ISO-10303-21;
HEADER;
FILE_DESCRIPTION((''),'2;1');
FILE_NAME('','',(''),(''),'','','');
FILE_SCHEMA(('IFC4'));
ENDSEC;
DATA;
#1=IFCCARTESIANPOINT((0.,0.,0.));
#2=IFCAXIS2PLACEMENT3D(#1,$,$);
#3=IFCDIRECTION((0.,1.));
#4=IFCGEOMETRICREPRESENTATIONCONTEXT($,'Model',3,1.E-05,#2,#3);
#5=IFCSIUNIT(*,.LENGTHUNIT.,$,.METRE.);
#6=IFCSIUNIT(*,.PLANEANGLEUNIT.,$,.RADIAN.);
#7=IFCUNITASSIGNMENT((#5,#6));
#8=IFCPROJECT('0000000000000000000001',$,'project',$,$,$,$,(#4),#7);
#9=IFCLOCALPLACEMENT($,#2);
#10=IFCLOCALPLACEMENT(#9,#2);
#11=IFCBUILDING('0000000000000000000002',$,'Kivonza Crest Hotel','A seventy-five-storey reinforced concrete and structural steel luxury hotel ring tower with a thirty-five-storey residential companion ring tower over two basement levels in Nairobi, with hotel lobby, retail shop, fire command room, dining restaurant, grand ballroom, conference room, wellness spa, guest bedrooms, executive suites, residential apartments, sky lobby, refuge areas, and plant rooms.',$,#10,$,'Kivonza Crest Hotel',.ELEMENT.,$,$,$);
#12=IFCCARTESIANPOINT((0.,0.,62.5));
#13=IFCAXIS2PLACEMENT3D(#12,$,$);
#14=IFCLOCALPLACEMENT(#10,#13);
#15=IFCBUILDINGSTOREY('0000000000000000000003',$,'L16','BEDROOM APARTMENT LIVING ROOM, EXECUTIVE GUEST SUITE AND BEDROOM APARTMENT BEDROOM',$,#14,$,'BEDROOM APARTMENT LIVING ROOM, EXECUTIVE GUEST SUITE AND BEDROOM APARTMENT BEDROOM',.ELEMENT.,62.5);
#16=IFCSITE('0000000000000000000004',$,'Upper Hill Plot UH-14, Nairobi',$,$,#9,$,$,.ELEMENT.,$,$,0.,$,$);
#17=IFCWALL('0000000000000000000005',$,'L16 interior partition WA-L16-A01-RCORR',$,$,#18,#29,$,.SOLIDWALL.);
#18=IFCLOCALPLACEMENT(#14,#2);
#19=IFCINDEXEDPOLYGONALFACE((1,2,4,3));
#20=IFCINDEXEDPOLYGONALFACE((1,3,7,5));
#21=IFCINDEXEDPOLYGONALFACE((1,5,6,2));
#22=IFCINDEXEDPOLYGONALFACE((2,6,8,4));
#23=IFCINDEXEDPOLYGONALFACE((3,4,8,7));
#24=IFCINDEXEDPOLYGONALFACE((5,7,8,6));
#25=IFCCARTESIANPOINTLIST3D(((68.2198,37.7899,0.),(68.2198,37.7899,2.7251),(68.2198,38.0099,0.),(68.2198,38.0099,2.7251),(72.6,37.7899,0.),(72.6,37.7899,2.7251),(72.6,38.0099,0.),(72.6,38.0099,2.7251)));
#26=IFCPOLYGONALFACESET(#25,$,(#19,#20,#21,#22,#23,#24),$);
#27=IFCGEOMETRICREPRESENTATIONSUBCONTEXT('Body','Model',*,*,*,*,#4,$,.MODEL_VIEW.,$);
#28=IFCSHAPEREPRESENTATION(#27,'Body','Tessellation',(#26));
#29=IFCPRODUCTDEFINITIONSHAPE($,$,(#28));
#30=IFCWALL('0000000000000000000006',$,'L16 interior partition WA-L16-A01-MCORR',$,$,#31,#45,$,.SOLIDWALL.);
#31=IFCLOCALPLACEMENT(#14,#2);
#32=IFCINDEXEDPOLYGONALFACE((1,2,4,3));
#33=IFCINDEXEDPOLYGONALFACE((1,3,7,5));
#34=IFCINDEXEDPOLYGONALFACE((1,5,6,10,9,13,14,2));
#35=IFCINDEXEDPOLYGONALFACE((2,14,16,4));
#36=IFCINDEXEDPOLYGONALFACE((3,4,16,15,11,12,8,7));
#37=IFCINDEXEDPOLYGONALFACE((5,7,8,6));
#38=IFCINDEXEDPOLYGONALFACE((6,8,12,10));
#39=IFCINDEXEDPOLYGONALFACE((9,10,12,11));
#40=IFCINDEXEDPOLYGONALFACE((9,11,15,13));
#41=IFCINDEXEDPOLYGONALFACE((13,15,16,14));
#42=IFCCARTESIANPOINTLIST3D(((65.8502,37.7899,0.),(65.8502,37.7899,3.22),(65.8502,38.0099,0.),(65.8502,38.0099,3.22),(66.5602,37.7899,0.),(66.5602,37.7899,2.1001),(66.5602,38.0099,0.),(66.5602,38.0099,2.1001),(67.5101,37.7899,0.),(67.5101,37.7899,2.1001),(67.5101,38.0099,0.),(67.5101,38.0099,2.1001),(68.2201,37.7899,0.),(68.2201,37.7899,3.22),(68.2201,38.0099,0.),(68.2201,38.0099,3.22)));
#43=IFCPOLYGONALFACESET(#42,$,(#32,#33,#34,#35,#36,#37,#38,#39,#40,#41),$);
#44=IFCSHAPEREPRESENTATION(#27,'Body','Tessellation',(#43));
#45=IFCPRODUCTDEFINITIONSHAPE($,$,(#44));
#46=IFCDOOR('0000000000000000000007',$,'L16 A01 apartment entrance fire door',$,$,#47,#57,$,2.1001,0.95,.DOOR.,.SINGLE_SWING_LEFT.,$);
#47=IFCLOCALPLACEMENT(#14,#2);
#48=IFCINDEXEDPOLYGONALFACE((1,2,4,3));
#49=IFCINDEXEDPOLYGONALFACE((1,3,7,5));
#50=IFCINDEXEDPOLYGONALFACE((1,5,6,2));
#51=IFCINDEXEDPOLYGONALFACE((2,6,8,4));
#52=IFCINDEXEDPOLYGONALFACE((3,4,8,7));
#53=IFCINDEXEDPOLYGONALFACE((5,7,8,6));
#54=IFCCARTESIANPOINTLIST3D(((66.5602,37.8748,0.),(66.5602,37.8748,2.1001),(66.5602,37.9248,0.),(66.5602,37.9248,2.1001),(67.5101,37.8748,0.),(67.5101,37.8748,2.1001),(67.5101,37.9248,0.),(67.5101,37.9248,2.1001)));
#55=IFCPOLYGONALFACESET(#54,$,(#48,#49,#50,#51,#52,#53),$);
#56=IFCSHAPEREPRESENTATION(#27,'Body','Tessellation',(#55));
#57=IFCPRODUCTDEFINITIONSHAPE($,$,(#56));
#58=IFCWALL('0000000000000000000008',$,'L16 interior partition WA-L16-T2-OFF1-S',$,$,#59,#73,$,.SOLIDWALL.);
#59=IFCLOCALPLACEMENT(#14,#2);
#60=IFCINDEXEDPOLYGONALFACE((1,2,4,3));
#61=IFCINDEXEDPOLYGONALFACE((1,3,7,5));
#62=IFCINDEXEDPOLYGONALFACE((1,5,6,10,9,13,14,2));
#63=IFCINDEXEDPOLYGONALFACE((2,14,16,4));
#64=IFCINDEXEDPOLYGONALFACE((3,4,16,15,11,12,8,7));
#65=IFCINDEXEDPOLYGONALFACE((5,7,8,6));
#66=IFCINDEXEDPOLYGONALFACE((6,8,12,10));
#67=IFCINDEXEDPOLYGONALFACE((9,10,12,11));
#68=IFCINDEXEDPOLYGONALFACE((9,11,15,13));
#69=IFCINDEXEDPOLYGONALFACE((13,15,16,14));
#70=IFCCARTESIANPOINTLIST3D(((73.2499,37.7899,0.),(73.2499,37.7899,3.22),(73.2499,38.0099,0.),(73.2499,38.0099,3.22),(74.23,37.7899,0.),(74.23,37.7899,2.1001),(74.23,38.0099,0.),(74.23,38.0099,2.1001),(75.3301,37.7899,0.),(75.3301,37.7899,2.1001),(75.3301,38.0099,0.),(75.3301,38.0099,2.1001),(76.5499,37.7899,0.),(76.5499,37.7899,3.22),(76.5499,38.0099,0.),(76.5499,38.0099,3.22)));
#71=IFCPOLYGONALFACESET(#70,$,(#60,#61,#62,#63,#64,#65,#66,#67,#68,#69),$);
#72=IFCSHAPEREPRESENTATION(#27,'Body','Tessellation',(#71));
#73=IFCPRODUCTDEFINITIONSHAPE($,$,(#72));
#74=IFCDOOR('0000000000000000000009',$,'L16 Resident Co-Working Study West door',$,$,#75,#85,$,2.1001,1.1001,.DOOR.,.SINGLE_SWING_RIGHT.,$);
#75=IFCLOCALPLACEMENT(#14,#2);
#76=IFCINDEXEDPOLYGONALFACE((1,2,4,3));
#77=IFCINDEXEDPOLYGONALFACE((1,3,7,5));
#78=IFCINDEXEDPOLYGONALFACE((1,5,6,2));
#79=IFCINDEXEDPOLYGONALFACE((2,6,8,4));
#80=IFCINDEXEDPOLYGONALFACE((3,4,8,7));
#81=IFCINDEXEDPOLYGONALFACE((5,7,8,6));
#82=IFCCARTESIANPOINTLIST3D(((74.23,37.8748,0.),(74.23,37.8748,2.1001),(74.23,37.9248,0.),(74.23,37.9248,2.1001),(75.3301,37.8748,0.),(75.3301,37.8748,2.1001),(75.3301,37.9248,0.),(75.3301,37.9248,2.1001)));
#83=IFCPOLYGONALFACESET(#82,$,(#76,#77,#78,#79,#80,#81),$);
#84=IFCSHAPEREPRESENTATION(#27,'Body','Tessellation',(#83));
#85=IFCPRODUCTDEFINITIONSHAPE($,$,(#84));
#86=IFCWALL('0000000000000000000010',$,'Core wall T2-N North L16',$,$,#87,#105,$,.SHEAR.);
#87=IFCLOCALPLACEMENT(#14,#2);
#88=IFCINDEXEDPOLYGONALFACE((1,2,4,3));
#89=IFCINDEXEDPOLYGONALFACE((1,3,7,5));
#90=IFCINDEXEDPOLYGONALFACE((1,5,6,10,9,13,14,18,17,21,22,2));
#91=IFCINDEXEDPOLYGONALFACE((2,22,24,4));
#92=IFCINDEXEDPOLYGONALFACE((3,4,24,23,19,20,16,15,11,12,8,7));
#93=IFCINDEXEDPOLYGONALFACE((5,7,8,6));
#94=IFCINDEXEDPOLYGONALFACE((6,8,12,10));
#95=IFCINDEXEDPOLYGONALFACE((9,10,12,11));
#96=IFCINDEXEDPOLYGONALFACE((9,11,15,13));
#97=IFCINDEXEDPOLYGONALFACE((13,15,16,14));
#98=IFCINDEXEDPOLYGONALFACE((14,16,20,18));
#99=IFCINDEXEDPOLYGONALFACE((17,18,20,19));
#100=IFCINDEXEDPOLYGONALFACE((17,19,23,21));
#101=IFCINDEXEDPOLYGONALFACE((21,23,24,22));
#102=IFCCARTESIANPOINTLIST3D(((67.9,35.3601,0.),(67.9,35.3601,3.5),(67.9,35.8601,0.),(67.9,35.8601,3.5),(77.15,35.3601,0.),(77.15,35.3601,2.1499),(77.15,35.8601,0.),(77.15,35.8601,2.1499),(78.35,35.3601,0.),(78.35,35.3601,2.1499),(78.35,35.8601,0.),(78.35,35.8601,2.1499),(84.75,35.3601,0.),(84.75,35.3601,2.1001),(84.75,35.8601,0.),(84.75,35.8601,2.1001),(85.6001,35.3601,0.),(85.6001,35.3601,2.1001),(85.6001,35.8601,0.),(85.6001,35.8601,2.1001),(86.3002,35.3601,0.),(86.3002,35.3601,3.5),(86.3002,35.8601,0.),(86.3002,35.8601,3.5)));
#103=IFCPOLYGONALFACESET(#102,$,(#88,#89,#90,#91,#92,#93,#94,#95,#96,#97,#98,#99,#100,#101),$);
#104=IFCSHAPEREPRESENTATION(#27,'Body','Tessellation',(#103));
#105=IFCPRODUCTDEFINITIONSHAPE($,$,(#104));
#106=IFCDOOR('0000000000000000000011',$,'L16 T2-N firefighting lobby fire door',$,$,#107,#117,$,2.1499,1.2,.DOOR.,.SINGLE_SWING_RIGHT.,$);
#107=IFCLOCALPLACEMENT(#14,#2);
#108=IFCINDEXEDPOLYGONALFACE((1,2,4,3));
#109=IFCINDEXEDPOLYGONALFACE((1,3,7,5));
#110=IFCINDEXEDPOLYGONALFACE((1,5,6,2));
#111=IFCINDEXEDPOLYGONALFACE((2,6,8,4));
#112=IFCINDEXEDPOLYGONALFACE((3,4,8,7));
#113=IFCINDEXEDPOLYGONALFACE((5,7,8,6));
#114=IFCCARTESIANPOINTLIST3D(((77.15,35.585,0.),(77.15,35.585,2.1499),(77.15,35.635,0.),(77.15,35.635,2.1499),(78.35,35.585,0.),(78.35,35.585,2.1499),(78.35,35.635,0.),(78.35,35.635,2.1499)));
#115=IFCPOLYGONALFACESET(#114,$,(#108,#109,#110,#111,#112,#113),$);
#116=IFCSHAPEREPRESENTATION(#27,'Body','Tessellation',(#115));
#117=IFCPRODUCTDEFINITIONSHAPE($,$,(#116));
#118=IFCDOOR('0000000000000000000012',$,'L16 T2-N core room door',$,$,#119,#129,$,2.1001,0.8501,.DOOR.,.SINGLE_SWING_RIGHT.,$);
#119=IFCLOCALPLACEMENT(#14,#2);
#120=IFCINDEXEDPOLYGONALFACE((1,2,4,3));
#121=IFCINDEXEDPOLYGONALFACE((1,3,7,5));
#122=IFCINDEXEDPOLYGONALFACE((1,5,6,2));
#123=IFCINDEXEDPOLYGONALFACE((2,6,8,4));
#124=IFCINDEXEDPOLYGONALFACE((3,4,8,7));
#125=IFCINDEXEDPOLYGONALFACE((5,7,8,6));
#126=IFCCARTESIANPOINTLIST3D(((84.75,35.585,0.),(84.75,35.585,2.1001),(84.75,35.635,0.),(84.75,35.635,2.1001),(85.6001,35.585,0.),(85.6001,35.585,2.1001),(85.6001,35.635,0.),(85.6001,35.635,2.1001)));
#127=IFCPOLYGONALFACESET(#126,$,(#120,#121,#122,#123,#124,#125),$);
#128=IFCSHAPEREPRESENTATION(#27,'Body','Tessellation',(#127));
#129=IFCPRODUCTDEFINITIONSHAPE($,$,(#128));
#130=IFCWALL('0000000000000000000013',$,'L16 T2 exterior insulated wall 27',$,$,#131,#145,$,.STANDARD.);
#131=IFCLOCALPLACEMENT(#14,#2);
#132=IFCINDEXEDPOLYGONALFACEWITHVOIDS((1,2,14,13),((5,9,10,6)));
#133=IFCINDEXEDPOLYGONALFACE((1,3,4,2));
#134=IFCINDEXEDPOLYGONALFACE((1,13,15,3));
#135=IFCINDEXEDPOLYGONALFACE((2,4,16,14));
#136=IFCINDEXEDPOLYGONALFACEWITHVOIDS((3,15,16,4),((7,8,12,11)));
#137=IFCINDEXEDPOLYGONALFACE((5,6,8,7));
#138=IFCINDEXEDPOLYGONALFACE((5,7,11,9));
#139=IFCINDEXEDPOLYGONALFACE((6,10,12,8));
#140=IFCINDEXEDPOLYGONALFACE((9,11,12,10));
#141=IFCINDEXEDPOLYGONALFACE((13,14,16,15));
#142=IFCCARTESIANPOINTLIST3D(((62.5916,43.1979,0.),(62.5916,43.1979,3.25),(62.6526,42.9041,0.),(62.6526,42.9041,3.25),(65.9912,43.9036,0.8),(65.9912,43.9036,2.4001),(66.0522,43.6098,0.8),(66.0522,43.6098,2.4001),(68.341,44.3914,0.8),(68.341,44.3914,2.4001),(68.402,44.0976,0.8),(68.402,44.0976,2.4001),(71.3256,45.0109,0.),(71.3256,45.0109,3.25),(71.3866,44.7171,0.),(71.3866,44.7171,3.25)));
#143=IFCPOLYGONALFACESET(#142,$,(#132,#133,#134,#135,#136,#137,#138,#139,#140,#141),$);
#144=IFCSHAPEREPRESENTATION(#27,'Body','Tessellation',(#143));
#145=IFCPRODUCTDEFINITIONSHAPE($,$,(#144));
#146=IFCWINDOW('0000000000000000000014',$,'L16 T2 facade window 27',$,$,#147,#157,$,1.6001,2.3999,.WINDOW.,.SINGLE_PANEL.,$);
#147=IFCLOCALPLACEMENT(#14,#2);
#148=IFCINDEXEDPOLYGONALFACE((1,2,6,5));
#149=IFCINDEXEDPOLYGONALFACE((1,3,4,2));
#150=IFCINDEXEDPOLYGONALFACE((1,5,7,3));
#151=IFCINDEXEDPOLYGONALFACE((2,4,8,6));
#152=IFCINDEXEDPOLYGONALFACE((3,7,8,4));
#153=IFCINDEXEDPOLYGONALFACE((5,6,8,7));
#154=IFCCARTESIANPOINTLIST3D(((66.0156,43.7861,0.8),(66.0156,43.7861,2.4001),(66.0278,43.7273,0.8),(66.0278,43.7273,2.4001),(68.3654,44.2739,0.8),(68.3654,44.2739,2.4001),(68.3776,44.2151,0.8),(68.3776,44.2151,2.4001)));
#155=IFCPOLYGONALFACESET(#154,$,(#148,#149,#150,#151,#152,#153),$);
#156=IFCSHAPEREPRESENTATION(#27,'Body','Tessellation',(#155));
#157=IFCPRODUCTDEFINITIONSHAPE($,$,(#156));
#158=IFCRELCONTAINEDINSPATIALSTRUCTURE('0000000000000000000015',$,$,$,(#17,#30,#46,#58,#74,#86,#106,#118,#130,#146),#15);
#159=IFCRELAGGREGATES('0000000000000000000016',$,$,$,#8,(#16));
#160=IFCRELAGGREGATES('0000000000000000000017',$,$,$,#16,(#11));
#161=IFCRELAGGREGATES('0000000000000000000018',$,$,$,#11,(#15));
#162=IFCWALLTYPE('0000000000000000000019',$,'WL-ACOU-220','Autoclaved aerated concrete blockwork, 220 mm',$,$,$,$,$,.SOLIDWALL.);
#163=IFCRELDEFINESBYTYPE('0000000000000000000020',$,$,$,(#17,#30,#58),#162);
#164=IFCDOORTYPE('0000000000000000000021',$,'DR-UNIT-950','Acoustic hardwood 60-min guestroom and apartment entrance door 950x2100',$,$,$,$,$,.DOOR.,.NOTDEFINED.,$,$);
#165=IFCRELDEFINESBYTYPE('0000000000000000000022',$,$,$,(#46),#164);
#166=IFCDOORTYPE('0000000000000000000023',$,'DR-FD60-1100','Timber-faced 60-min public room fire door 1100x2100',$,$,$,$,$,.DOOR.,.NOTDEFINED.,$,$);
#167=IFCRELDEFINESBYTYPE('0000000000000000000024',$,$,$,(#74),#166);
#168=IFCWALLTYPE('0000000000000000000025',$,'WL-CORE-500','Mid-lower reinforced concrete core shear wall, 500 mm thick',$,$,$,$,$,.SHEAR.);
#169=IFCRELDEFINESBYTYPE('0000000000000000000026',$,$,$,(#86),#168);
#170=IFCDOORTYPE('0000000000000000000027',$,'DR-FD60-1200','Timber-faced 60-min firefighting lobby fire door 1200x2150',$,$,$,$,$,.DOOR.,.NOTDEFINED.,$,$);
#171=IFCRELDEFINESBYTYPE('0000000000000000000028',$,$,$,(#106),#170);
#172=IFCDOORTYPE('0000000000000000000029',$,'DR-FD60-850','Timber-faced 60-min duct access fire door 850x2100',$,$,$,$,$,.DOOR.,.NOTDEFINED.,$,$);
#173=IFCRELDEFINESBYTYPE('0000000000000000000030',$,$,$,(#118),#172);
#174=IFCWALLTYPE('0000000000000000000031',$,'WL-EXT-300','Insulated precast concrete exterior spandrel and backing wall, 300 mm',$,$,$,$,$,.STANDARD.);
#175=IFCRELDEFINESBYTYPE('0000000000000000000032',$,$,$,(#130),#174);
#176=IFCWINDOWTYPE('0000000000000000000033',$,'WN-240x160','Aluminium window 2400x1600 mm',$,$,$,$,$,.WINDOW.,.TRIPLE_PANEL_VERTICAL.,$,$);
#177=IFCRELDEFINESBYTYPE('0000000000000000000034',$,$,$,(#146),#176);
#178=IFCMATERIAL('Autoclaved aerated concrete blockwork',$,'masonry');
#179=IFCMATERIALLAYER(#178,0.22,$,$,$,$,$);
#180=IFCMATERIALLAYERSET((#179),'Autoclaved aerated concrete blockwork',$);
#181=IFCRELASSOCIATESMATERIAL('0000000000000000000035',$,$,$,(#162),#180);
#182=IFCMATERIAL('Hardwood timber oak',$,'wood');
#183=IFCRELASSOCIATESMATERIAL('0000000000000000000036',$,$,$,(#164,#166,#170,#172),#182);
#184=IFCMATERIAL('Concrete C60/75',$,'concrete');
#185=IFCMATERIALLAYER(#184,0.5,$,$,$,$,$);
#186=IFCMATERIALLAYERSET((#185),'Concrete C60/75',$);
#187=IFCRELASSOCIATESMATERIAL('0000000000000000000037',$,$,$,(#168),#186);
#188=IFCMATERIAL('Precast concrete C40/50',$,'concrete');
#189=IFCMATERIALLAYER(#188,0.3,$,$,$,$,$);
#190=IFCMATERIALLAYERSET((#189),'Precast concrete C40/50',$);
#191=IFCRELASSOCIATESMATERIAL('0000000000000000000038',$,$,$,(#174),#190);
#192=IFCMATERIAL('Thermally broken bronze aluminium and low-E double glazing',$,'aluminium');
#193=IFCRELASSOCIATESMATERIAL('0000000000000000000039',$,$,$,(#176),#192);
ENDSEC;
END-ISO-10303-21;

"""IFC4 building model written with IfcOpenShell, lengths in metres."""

from ifc_helpers import new_model, si_unit, direction, frame, frame_2d, origin, place, context, subcontext, project, spatial, rectangle, extrude, material, layer, layer_set, type_object, element, fill, save


model = new_model("IFC4")

# Units and contexts
model_context = context("Model", 3, precision=1e-05, world=origin(), true_north=direction((0.0, 1.0)))
body_context = subcontext(model_context, "Body", "Model", "MODEL_VIEW")
ifc_project = project(units=[si_unit("LENGTHUNIT", "METRE"), si_unit("PLANEANGLEUNIT", "RADIAN")], contexts=[model_context])

# Site, building, storey
site_placement = place(None, origin())
site = spatial("IfcSite", under=ifc_project, at=site_placement, Name="Upper Hill Plot UH-14, Nairobi", CompositionType="ELEMENT", RefElevation=0.0)
building_placement = place(site_placement, origin())
building = spatial("IfcBuilding", under=site, at=building_placement, Name="Kivonza Crest Hotel", Description="A seventy-five-storey reinforced concrete and structural steel luxury hotel ring tower with a thirty-five-storey residential companion ring tower over two basement levels in Nairobi, with hotel lobby, retail shop, fire command room, dining restaurant, grand ballroom, conference room, wellness spa, guest bedrooms, executive suites, residential apartments, sky lobby, refuge areas, and plant rooms.", LongName="Kivonza Crest Hotel", CompositionType="ELEMENT")
storey_placement = place(building_placement, frame((0.0, 0.0, 62.5)))
storey = spatial("IfcBuildingStorey", under=building, at=storey_placement, Name="L16", Description="BEDROOM APARTMENT LIVING ROOM, EXECUTIVE GUEST SUITE AND BEDROOM APARTMENT BEDROOM", LongName="BEDROOM APARTMENT LIVING ROOM, EXECUTIVE GUEST SUITE AND BEDROOM APARTMENT BEDROOM", CompositionType="ELEMENT", Elevation=62.5)

# Wall
ifc_material_1 = material(Name="Autoclaved aerated concrete blockwork", Category="masonry")
ifc_layer_1 = layer(ifc_material_1, 0.22)
ifc_layer_set_1 = layer_set([ifc_layer_1], Name="Autoclaved aerated concrete blockwork")
wall_type_1 = type_object("IfcWallType", Name="WL-ACOU-220", Description="Autoclaved aerated concrete blockwork, 220 mm", PredefinedType="SOLIDWALL", material=ifc_layer_set_1)
wall_1_placement = place(storey_placement, frame((68.22, 37.8999, 0.0), z_axis=(0.0, 0.0, 1.0), x_axis=(1.0, 0.0, 0.0)))
element("IfcWall", 1, at=wall_1_placement, inside=storey, type_object=wall_type_1, Name="L16 interior partition WA-L16-A01-RCORR", PredefinedType="SOLIDWALL", context=body_context, shape_type="SweptSolid", body=[
    extrude(rectangle(XDim=4.3801, YDim=0.22, at=frame_2d((2.1899, 0.0))), origin(), (0.0, 0.0, 1.0), 2.7251),
])

# Walls, openings, doors
wall_2_placement = place(storey_placement, frame((65.8501, 37.8999, 0.0), z_axis=(0.0, 0.0, 1.0), x_axis=(1.0, 0.0, 0.0)))
wall_2 = element("IfcWall", 2, at=wall_2_placement, inside=storey, type_object=wall_type_1, Name="L16 interior partition WA-L16-A01-MCORR", PredefinedType="SOLIDWALL", context=body_context, shape_type="SweptSolid", body=[
    extrude(rectangle(XDim=2.3699, YDim=0.22, at=frame_2d((1.1851, 0.0))), origin(), (0.0, 0.0, 1.0), 3.22),
])
opening_1_placement = place(wall_2_placement, frame((0.71, 0.0, 0.0)))
opening_1 = element("IfcOpeningElement", 3, at=opening_1_placement, cuts=wall_2, PredefinedType="OPENING", context=body_context, shape_type="SweptSolid", body=[
    extrude(rectangle(XDim=0.95, YDim=2.1001, at=frame_2d((0.4751, 1.05))), frame((0.0, 0.1201, 0.0), z_axis=(0.0, -1.0, 0.0), x_axis=(1.0, 0.0, 0.0)), (0.0, 0.0, 1.0), 0.24),
])
ifc_material_2 = material(Name="Hardwood timber oak", Category="wood")
door_type_1 = type_object("IfcDoorType", Name="DR-UNIT-950", Description="Acoustic hardwood 60-min guestroom and apartment entrance door 950x2100", OperationType="NOTDEFINED", PredefinedType="DOOR", material=ifc_material_2)
door_1_placement = place(opening_1_placement, origin())
door_1 = element("IfcDoor", 4, at=door_1_placement, inside=storey, type_object=door_type_1, Name="L16 A01 apartment entrance fire door", OperationType="SINGLE_SWING_LEFT", OverallHeight=2.1001, OverallWidth=0.95, PredefinedType="DOOR", context=body_context, shape_type="SweptSolid", body=[
    extrude(rectangle(XDim=0.95, YDim=2.1001, at=frame_2d((0.4751, 1.05))), frame((0.0, 0.0249, 0.0), z_axis=(0.0, -1.0, 0.0), x_axis=(1.0, 0.0, 0.0)), (0.0, 0.0, 1.0), 0.05),
])
fill(opening_1, door_1)
wall_3_placement = place(storey_placement, frame((73.25, 37.8999, 0.0), z_axis=(0.0, 0.0, 1.0), x_axis=(1.0, 0.0, 0.0)))
wall_3 = element("IfcWall", 5, at=wall_3_placement, inside=storey, type_object=wall_type_1, Name="L16 interior partition WA-L16-T2-OFF1-S", PredefinedType="SOLIDWALL", context=body_context, shape_type="SweptSolid", body=[
    extrude(rectangle(XDim=3.3, YDim=0.22, at=frame_2d((1.6499, 0.0))), origin(), (0.0, 0.0, 1.0), 3.22),
])
opening_2_placement = place(wall_3_placement, frame((0.98, 0.0, 0.0)))
opening_2 = element("IfcOpeningElement", 6, at=opening_2_placement, cuts=wall_3, PredefinedType="OPENING", context=body_context, shape_type="SweptSolid", body=[
    extrude(rectangle(XDim=1.1001, YDim=2.1001, at=frame_2d((0.55, 1.05))), frame((0.0, 0.1201, 0.0), z_axis=(0.0, -1.0, 0.0), x_axis=(1.0, 0.0, 0.0)), (0.0, 0.0, 1.0), 0.24),
])
door_type_2 = type_object("IfcDoorType", Name="DR-FD60-1100", Description="Timber-faced 60-min public room fire door 1100x2100", OperationType="NOTDEFINED", PredefinedType="DOOR", material=ifc_material_2)
door_2_placement = place(opening_2_placement, origin())
door_2 = element("IfcDoor", 7, at=door_2_placement, inside=storey, type_object=door_type_2, Name="L16 Resident Co-Working Study West door", OperationType="SINGLE_SWING_RIGHT", OverallHeight=2.1001, OverallWidth=1.1001, PredefinedType="DOOR", context=body_context, shape_type="SweptSolid", body=[
    extrude(rectangle(XDim=1.1001, YDim=2.1001, at=frame_2d((0.55, 1.05))), frame((0.0, 0.0249, 0.0), z_axis=(0.0, -1.0, 0.0), x_axis=(1.0, 0.0, 0.0)), (0.0, 0.0, 1.0), 0.05),
])
fill(opening_2, door_2)

# Wall, openings, doors
ifc_material_3 = material(Name="Concrete C60/75", Category="concrete")
ifc_layer_2 = layer(ifc_material_3, 0.5)
ifc_layer_set_2 = layer_set([ifc_layer_2], Name="Concrete C60/75")
wall_type_2 = type_object("IfcWallType", Name="WL-CORE-500", Description="Mid-lower reinforced concrete core shear wall, 500 mm thick", PredefinedType="SHEAR", material=ifc_layer_set_2)
wall_4_placement = place(storey_placement, frame((67.8999, 35.6101, 0.0), z_axis=(0.0, 0.0, 1.0), x_axis=(1.0, 0.0, 0.0)))
wall_4 = element("IfcWall", 8, at=wall_4_placement, inside=storey, type_object=wall_type_2, Name="Core wall T2-N North L16", PredefinedType="SHEAR", context=body_context, shape_type="SweptSolid", body=[
    extrude(rectangle(XDim=18.4001, YDim=0.5, at=frame_2d((9.2002, 0.0))), origin(), (0.0, 0.0, 1.0), 3.5),
])
opening_3_placement = place(wall_4_placement, frame((9.25, 0.0, 0.0)))
opening_3 = element("IfcOpeningElement", 9, at=opening_3_placement, cuts=wall_4, PredefinedType="OPENING", context=body_context, shape_type="SweptSolid", body=[
    extrude(rectangle(XDim=1.2, YDim=2.1499, at=frame_2d((0.6001, 1.075))), frame((0.0, 0.26, 0.0), z_axis=(0.0, -1.0, 0.0), x_axis=(1.0, 0.0, 0.0)), (0.0, 0.0, 1.0), 0.52),
])
opening_4_placement = place(wall_4_placement, frame((16.8501, 0.0, 0.0)))
opening_4 = element("IfcOpeningElement", 10, at=opening_4_placement, cuts=wall_4, PredefinedType="OPENING", context=body_context, shape_type="SweptSolid", body=[
    extrude(rectangle(XDim=0.8501, YDim=2.1001, at=frame_2d((0.425, 1.05))), frame((0.0, 0.26, 0.0), z_axis=(0.0, -1.0, 0.0), x_axis=(1.0, 0.0, 0.0)), (0.0, 0.0, 1.0), 0.52),
])
door_type_3 = type_object("IfcDoorType", Name="DR-FD60-1200", Description="Timber-faced 60-min firefighting lobby fire door 1200x2150", OperationType="NOTDEFINED", PredefinedType="DOOR", material=ifc_material_2)
door_3_placement = place(opening_3_placement, origin())
door_3 = element("IfcDoor", 11, at=door_3_placement, inside=storey, type_object=door_type_3, Name="L16 T2-N firefighting lobby fire door", OperationType="SINGLE_SWING_RIGHT", OverallHeight=2.1499, OverallWidth=1.2, PredefinedType="DOOR", context=body_context, shape_type="SweptSolid", body=[
    extrude(rectangle(XDim=1.2, YDim=2.1499, at=frame_2d((0.6001, 1.075))), frame((0.0, 0.0249, 0.0), z_axis=(0.0, -1.0, 0.0), x_axis=(1.0, 0.0, 0.0)), (0.0, 0.0, 1.0), 0.05),
])
fill(opening_3, door_3)
door_type_4 = type_object("IfcDoorType", Name="DR-FD60-850", Description="Timber-faced 60-min duct access fire door 850x2100", OperationType="NOTDEFINED", PredefinedType="DOOR", material=ifc_material_2)
door_4_placement = place(opening_4_placement, origin())
door_4 = element("IfcDoor", 12, at=door_4_placement, inside=storey, type_object=door_type_4, Name="L16 T2-N core room door", OperationType="SINGLE_SWING_RIGHT", OverallHeight=2.1001, OverallWidth=0.8501, PredefinedType="DOOR", context=body_context, shape_type="SweptSolid", body=[
    extrude(rectangle(XDim=0.8501, YDim=2.1001, at=frame_2d((0.425, 1.05))), frame((0.0, 0.0249, 0.0), z_axis=(0.0, -1.0, 0.0), x_axis=(1.0, 0.0, 0.0)), (0.0, 0.0, 1.0), 0.05),
])
fill(opening_4, door_4)

# Wall, opening, window
ifc_material_4 = material(Name="Precast concrete C40/50", Category="concrete")
ifc_layer_3 = layer(ifc_material_4, 0.3)
ifc_layer_set_3 = layer_set([ifc_layer_3], Name="Precast concrete C40/50")
wall_type_3 = type_object("IfcWallType", Name="WL-EXT-300", Description="Insulated precast concrete exterior spandrel and backing wall, 300 mm", PredefinedType="STANDARD", material=ifc_layer_set_3)
wall_5_placement = place(storey_placement, frame((71.356, 44.864, 0.0), z_axis=(0.0, 0.0, 1.0), x_axis=(-0.979127, -0.203248, 0.0)))
wall_5 = element("IfcWall", 13, at=wall_5_placement, inside=storey, type_object=wall_type_3, Name="L16 T2 exterior insulated wall 27", PredefinedType="STANDARD", context=body_context, shape_type="SweptSolid", body=[
    extrude(rectangle(XDim=8.9202, YDim=0.3, at=frame_2d((4.46, 0.0))), origin(), (0.0, 0.0, 1.0), 3.25),
])
opening_5_placement = place(wall_5_placement, frame((3.0481, 0.0, 0.8)))
opening_5 = element("IfcOpeningElement", 14, at=opening_5_placement, cuts=wall_5, PredefinedType="OPENING", context=body_context, shape_type="SweptSolid", body=[
    extrude(rectangle(XDim=2.3999, YDim=1.6001, at=frame_2d((1.2, 0.8))), frame((0.0, 0.1602, 0.0), z_axis=(0.0, -1.0, 0.0), x_axis=(1.0, 0.0, 0.0)), (0.0, 0.0, 1.0), 0.3201),
])
ifc_material_5 = material(Name="Thermally broken bronze aluminium and low-E double glazing", Category="aluminium")
window_type = type_object("IfcWindowType", Name="WN-240x160", Description="Aluminium window 2400x1600 mm", PartitioningType="TRIPLE_PANEL_VERTICAL", PredefinedType="WINDOW", material=ifc_material_5)
window_placement = place(opening_5_placement, origin())
window = element("IfcWindow", 15, at=window_placement, inside=storey, type_object=window_type, Name="L16 T2 facade window 27", OverallHeight=1.6001, OverallWidth=2.3999, PartitioningType="SINGLE_PANEL", PredefinedType="WINDOW", context=body_context, shape_type="SweptSolid", body=[
    extrude(rectangle(XDim=2.3999, YDim=1.6001, at=frame_2d((1.2, 0.8))), frame((0.0, 0.03, 0.0), z_axis=(0.0, -1.0, 0.0), x_axis=(1.0, 0.0, 0.0)), (0.0, 0.0, 1.0), 0.0601),
])
fill(opening_5, window)

save(model, "model.ifc")
